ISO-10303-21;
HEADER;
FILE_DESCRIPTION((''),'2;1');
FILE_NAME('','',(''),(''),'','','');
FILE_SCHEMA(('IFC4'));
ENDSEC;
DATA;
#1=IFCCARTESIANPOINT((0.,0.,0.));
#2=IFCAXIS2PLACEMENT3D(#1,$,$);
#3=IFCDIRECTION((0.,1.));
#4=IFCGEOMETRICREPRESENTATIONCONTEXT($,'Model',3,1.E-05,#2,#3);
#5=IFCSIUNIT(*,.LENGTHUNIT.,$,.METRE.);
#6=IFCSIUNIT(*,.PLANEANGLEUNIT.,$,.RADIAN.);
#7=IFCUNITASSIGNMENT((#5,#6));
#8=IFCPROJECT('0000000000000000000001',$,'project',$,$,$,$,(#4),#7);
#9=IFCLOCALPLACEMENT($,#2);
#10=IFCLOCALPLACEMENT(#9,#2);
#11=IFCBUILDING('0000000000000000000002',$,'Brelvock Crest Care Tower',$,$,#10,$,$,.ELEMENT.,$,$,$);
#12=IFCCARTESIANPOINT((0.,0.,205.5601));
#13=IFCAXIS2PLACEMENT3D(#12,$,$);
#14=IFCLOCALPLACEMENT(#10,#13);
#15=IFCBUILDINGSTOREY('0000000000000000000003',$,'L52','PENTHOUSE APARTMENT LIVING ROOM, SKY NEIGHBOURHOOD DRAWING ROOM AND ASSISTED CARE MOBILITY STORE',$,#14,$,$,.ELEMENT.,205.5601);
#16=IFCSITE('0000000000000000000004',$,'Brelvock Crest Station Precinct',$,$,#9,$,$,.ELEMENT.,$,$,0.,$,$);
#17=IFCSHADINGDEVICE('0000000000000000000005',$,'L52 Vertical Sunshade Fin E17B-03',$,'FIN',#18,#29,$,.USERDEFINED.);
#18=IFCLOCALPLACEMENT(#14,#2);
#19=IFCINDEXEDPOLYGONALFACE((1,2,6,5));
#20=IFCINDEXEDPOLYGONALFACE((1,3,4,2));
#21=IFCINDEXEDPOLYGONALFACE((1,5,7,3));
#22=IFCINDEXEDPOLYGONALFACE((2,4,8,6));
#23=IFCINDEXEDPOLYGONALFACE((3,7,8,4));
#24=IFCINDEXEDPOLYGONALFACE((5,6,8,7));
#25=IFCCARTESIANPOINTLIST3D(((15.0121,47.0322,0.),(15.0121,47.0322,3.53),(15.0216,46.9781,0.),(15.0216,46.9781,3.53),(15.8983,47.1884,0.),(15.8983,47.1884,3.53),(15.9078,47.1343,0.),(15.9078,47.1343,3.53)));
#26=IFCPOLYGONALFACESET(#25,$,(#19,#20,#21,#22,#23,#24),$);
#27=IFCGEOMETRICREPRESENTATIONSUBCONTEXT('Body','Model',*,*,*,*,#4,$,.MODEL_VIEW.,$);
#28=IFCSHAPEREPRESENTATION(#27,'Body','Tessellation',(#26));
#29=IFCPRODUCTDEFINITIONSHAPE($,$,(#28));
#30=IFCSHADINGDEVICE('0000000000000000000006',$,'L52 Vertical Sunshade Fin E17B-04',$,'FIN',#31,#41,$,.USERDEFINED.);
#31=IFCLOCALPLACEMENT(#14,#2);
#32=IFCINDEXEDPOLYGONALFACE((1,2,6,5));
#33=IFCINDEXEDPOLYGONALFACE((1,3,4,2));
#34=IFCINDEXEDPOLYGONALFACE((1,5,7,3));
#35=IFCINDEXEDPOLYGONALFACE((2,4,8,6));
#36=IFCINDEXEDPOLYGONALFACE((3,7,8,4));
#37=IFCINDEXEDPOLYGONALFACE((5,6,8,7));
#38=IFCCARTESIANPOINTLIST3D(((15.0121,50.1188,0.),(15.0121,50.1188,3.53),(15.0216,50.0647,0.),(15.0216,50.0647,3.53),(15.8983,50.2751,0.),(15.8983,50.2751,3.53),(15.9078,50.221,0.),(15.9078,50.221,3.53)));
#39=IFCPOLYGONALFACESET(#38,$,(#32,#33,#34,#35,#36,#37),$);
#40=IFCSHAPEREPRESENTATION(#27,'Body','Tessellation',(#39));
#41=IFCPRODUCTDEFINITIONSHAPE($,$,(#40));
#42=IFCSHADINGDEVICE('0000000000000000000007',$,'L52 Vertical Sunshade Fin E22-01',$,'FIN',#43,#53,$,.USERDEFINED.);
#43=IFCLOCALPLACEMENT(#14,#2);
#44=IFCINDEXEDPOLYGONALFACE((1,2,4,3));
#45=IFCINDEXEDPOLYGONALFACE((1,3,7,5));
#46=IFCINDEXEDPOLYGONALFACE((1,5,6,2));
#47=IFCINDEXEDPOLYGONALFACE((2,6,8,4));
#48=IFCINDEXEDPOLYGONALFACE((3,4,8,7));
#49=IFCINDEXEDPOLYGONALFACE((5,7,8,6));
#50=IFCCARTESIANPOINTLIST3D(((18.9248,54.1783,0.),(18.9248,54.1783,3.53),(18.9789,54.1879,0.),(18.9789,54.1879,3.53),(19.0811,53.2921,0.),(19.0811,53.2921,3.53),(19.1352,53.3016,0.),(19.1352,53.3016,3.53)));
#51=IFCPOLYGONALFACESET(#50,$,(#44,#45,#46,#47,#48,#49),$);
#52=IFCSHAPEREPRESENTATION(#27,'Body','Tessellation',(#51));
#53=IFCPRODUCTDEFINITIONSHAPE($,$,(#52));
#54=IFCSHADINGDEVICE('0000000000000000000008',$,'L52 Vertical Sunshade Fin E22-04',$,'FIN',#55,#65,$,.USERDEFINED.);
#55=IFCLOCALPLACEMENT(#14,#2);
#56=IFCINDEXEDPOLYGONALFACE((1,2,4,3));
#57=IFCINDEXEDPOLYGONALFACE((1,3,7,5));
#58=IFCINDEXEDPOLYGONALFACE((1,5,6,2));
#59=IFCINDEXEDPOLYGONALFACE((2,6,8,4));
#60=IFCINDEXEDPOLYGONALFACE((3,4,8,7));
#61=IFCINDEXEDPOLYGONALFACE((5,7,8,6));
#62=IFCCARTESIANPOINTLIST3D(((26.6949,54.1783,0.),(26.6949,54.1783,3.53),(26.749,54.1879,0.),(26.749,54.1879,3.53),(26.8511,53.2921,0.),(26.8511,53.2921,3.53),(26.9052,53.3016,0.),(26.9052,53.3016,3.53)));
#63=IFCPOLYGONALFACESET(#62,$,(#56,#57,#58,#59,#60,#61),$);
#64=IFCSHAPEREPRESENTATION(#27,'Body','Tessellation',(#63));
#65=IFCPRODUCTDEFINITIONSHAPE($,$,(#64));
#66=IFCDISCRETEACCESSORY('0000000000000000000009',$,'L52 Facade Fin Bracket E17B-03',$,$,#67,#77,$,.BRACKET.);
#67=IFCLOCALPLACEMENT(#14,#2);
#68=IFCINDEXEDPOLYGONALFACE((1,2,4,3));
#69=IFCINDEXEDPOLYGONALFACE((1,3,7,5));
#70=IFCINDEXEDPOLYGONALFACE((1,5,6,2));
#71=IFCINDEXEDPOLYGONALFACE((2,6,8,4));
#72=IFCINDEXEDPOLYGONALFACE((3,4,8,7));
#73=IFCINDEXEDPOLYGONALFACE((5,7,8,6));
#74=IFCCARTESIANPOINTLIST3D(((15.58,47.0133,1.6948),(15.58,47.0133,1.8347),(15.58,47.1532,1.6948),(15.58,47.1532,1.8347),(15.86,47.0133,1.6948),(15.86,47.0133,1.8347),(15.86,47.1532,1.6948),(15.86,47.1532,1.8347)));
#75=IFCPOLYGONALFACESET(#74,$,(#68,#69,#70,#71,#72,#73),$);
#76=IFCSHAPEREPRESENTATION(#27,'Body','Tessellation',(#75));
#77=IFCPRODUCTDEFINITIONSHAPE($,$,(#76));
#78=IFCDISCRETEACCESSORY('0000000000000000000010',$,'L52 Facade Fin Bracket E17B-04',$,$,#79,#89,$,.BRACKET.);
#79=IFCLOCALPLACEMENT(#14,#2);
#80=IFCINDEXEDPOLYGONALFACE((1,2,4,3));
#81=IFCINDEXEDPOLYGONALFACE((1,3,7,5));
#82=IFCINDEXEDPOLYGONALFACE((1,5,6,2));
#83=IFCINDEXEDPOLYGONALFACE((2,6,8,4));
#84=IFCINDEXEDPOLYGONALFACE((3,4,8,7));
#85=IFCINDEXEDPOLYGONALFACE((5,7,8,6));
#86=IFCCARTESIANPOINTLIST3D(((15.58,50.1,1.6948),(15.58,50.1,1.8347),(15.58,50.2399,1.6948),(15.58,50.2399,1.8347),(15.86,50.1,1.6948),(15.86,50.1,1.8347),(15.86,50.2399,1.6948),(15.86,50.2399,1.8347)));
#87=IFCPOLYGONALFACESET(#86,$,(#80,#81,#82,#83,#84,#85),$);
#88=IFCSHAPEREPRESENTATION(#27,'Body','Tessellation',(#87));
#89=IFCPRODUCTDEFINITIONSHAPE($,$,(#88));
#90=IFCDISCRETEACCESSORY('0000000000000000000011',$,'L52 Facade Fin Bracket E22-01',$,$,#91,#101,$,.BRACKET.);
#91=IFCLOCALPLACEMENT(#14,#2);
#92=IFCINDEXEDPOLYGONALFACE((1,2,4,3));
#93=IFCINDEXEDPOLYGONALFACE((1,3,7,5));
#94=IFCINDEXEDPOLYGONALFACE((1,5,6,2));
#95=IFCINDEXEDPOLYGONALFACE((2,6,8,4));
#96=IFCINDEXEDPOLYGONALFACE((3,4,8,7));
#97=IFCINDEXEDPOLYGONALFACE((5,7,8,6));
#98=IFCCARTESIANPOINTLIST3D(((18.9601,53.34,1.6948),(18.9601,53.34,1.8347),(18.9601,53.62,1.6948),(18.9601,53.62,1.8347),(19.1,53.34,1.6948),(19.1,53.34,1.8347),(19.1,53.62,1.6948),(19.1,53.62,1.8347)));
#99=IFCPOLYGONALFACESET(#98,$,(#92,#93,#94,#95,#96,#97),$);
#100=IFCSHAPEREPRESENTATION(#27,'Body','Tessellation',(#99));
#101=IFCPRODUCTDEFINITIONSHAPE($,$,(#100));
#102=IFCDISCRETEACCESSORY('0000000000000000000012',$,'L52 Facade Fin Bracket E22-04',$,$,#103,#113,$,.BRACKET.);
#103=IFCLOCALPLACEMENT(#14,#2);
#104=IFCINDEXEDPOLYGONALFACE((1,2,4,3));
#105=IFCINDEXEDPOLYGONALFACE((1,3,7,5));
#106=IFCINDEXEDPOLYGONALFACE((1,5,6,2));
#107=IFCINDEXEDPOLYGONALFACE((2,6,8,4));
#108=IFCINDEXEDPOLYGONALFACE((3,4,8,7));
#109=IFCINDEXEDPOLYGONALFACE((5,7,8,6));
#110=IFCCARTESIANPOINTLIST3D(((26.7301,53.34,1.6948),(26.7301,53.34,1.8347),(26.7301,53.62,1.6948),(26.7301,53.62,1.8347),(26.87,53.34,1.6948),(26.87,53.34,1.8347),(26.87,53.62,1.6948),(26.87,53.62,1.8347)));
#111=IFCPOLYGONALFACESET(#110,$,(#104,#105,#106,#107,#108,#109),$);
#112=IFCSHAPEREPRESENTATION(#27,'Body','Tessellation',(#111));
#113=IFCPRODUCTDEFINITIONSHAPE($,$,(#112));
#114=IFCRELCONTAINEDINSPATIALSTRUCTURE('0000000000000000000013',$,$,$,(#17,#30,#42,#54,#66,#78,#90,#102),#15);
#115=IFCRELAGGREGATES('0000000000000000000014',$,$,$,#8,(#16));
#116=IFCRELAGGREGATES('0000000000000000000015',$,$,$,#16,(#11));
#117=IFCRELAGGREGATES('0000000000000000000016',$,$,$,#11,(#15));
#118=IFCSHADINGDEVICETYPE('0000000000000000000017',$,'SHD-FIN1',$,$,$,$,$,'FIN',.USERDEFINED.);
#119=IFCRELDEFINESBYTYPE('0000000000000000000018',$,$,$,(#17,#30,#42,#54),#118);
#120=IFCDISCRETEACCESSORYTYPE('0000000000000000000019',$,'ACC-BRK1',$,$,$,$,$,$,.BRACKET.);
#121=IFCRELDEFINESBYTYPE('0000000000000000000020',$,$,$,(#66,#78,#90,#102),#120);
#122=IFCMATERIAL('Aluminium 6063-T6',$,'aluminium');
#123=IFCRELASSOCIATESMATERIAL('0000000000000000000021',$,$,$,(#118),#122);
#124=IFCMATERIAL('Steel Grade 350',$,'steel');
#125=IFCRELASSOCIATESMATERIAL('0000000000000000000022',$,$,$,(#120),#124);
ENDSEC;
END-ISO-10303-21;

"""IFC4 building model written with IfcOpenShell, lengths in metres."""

from ifc_helpers import new_model, si_unit, direction, frame, origin, origin_2d, place, context, subcontext, project, spatial, rectangle, extrude, source, transform, mapped, material, material_profile, profile_set, type_object, element, save


model = new_model("IFC4")

# Units and contexts
model_context = context("Model", 3, precision=1e-05, world=origin(), true_north=direction((0.0, 1.0)))
body_context = subcontext(model_context, "Body", "Model", "MODEL_VIEW")
ifc_project = project(units=[si_unit("LENGTHUNIT", "METRE"), si_unit("PLANEANGLEUNIT", "RADIAN")], contexts=[model_context])

# Site, building, storey
site_placement = place(None, origin())
site = spatial("IfcSite", under=ifc_project, at=site_placement, Name="Brelvock Crest Station Precinct", CompositionType="ELEMENT", RefElevation=0.0)
building_placement = place(site_placement, origin())
building = spatial("IfcBuilding", under=site, at=building_placement, Name="Brelvock Crest Care Tower", CompositionType="ELEMENT")
storey_placement = place(building_placement, frame((0.0, 0.0, 205.5601)))
storey = spatial("IfcBuildingStorey", under=building, at=storey_placement, Name="L52", Description="PENTHOUSE APARTMENT LIVING ROOM, SKY NEIGHBOURHOOD DRAWING ROOM AND ASSISTED CARE MOBILITY STORE", CompositionType="ELEMENT", Elevation=205.5601)

# Shared definitions
ifc_material_1 = material(Name="Aluminium 6063-T6", Category="aluminium")

# Shading devices
ifc_material_profile_1 = material_profile(ifc_material_1, rectangle(XDim=0.0549, YDim=0.8999, at=origin_2d()), Name="FIN55x900")
ifc_profile_set_1 = profile_set([ifc_material_profile_1], Name="Aluminium 6063-T6")
shading_device_type = type_object("IfcShadingDeviceType", Name="SHD-FIN1", ElementType="FIN", PredefinedType="USERDEFINED", material=ifc_profile_set_1)
shared_shape_1 = source(origin(), body_context, "Body", "SweptSolid", [
    extrude(rectangle(XDim=0.0549, YDim=0.8999, at=origin_2d()), origin(), (0.0, 0.0, 1.0), 3.53),
])
for number, where, z_axis, x_axis, name in (
    (1, (15.46, 47.0833, 0.0), (0.0, 0.0, 1.0), (-0.173648, 0.984808, 0.0), "L52 Vertical Sunshade Fin E17B-03"),
    (2, (15.46, 50.1699, 0.0), (0.0, 0.0, 1.0), (-0.173648, 0.984808, 0.0), "L52 Vertical Sunshade Fin E17B-04"),
    (3, (19.03, 53.74, 0.0), (0.0, 0.0, 1.0), (0.984808, 0.173648, 0.0), "L52 Vertical Sunshade Fin E22-01"),
    (4, (26.8, 53.74, 0.0), (0.0, 0.0, 1.0), (0.984808, 0.173648, 0.0), "L52 Vertical Sunshade Fin E22-04"),
):
    element("IfcShadingDevice", number, at=place(storey_placement, frame(where, z_axis=z_axis, x_axis=x_axis)), inside=storey, type_object=shading_device_type, Name=name, ObjectType="FIN", PredefinedType="USERDEFINED", context=body_context, shape_type="MappedRepresentation", body=[
        mapped(shared_shape_1, transform((0.0, 0.0, 0.0), x_axis=(1.0, 0.0, 0.0), y_axis=(0.0, 1.0, 0.0), z_axis=(0.0, 0.0, 1.0), scale=1.0)),
    ])

# Discrete accessories
ifc_material_2 = material(Name="Steel Grade 350", Category="steel")
discrete_accessory_type = type_object("IfcDiscreteAccessoryType", Name="ACC-BRK1", PredefinedType="BRACKET", material=ifc_material_2)
shared_shape_2 = source(origin(), body_context, "Body", "SweptSolid", [
    extrude(rectangle(XDim=0.28, YDim=0.1399, at=origin_2d()), origin(), (0.0, 0.0, 1.0), 0.1399),
])
for number, where, z_axis, x_axis, name in (
    (5, (15.72, 47.0833, 1.6948), (0.0, 0.0, 1.0), (-1.0, 0.0, 0.0), "L52 Facade Fin Bracket E17B-03"),
    (6, (15.72, 50.1699, 1.6948), (0.0, 0.0, 1.0), (-1.0, 0.0, 0.0), "L52 Facade Fin Bracket E17B-04"),
    (7, (19.03, 53.48, 1.6948), (0.0, 0.0, 1.0), (0.0, 1.0, 0.0), "L52 Facade Fin Bracket E22-01"),
    (8, (26.8, 53.48, 1.6948), (0.0, 0.0, 1.0), (0.0, 1.0, 0.0), "L52 Facade Fin Bracket E22-04"),
):
    element("IfcDiscreteAccessory", number, at=place(storey_placement, frame(where, z_axis=z_axis, x_axis=x_axis)), inside=storey, type_object=discrete_accessory_type, Name=name, PredefinedType="BRACKET", context=body_context, shape_type="MappedRepresentation", body=[
        mapped(shared_shape_2, transform((0.0, 0.0, 0.0), x_axis=(1.0, 0.0, 0.0), y_axis=(0.0, 1.0, 0.0), z_axis=(0.0, 0.0, 1.0), scale=1.0)),
    ])

save(model, "model.ifc")
